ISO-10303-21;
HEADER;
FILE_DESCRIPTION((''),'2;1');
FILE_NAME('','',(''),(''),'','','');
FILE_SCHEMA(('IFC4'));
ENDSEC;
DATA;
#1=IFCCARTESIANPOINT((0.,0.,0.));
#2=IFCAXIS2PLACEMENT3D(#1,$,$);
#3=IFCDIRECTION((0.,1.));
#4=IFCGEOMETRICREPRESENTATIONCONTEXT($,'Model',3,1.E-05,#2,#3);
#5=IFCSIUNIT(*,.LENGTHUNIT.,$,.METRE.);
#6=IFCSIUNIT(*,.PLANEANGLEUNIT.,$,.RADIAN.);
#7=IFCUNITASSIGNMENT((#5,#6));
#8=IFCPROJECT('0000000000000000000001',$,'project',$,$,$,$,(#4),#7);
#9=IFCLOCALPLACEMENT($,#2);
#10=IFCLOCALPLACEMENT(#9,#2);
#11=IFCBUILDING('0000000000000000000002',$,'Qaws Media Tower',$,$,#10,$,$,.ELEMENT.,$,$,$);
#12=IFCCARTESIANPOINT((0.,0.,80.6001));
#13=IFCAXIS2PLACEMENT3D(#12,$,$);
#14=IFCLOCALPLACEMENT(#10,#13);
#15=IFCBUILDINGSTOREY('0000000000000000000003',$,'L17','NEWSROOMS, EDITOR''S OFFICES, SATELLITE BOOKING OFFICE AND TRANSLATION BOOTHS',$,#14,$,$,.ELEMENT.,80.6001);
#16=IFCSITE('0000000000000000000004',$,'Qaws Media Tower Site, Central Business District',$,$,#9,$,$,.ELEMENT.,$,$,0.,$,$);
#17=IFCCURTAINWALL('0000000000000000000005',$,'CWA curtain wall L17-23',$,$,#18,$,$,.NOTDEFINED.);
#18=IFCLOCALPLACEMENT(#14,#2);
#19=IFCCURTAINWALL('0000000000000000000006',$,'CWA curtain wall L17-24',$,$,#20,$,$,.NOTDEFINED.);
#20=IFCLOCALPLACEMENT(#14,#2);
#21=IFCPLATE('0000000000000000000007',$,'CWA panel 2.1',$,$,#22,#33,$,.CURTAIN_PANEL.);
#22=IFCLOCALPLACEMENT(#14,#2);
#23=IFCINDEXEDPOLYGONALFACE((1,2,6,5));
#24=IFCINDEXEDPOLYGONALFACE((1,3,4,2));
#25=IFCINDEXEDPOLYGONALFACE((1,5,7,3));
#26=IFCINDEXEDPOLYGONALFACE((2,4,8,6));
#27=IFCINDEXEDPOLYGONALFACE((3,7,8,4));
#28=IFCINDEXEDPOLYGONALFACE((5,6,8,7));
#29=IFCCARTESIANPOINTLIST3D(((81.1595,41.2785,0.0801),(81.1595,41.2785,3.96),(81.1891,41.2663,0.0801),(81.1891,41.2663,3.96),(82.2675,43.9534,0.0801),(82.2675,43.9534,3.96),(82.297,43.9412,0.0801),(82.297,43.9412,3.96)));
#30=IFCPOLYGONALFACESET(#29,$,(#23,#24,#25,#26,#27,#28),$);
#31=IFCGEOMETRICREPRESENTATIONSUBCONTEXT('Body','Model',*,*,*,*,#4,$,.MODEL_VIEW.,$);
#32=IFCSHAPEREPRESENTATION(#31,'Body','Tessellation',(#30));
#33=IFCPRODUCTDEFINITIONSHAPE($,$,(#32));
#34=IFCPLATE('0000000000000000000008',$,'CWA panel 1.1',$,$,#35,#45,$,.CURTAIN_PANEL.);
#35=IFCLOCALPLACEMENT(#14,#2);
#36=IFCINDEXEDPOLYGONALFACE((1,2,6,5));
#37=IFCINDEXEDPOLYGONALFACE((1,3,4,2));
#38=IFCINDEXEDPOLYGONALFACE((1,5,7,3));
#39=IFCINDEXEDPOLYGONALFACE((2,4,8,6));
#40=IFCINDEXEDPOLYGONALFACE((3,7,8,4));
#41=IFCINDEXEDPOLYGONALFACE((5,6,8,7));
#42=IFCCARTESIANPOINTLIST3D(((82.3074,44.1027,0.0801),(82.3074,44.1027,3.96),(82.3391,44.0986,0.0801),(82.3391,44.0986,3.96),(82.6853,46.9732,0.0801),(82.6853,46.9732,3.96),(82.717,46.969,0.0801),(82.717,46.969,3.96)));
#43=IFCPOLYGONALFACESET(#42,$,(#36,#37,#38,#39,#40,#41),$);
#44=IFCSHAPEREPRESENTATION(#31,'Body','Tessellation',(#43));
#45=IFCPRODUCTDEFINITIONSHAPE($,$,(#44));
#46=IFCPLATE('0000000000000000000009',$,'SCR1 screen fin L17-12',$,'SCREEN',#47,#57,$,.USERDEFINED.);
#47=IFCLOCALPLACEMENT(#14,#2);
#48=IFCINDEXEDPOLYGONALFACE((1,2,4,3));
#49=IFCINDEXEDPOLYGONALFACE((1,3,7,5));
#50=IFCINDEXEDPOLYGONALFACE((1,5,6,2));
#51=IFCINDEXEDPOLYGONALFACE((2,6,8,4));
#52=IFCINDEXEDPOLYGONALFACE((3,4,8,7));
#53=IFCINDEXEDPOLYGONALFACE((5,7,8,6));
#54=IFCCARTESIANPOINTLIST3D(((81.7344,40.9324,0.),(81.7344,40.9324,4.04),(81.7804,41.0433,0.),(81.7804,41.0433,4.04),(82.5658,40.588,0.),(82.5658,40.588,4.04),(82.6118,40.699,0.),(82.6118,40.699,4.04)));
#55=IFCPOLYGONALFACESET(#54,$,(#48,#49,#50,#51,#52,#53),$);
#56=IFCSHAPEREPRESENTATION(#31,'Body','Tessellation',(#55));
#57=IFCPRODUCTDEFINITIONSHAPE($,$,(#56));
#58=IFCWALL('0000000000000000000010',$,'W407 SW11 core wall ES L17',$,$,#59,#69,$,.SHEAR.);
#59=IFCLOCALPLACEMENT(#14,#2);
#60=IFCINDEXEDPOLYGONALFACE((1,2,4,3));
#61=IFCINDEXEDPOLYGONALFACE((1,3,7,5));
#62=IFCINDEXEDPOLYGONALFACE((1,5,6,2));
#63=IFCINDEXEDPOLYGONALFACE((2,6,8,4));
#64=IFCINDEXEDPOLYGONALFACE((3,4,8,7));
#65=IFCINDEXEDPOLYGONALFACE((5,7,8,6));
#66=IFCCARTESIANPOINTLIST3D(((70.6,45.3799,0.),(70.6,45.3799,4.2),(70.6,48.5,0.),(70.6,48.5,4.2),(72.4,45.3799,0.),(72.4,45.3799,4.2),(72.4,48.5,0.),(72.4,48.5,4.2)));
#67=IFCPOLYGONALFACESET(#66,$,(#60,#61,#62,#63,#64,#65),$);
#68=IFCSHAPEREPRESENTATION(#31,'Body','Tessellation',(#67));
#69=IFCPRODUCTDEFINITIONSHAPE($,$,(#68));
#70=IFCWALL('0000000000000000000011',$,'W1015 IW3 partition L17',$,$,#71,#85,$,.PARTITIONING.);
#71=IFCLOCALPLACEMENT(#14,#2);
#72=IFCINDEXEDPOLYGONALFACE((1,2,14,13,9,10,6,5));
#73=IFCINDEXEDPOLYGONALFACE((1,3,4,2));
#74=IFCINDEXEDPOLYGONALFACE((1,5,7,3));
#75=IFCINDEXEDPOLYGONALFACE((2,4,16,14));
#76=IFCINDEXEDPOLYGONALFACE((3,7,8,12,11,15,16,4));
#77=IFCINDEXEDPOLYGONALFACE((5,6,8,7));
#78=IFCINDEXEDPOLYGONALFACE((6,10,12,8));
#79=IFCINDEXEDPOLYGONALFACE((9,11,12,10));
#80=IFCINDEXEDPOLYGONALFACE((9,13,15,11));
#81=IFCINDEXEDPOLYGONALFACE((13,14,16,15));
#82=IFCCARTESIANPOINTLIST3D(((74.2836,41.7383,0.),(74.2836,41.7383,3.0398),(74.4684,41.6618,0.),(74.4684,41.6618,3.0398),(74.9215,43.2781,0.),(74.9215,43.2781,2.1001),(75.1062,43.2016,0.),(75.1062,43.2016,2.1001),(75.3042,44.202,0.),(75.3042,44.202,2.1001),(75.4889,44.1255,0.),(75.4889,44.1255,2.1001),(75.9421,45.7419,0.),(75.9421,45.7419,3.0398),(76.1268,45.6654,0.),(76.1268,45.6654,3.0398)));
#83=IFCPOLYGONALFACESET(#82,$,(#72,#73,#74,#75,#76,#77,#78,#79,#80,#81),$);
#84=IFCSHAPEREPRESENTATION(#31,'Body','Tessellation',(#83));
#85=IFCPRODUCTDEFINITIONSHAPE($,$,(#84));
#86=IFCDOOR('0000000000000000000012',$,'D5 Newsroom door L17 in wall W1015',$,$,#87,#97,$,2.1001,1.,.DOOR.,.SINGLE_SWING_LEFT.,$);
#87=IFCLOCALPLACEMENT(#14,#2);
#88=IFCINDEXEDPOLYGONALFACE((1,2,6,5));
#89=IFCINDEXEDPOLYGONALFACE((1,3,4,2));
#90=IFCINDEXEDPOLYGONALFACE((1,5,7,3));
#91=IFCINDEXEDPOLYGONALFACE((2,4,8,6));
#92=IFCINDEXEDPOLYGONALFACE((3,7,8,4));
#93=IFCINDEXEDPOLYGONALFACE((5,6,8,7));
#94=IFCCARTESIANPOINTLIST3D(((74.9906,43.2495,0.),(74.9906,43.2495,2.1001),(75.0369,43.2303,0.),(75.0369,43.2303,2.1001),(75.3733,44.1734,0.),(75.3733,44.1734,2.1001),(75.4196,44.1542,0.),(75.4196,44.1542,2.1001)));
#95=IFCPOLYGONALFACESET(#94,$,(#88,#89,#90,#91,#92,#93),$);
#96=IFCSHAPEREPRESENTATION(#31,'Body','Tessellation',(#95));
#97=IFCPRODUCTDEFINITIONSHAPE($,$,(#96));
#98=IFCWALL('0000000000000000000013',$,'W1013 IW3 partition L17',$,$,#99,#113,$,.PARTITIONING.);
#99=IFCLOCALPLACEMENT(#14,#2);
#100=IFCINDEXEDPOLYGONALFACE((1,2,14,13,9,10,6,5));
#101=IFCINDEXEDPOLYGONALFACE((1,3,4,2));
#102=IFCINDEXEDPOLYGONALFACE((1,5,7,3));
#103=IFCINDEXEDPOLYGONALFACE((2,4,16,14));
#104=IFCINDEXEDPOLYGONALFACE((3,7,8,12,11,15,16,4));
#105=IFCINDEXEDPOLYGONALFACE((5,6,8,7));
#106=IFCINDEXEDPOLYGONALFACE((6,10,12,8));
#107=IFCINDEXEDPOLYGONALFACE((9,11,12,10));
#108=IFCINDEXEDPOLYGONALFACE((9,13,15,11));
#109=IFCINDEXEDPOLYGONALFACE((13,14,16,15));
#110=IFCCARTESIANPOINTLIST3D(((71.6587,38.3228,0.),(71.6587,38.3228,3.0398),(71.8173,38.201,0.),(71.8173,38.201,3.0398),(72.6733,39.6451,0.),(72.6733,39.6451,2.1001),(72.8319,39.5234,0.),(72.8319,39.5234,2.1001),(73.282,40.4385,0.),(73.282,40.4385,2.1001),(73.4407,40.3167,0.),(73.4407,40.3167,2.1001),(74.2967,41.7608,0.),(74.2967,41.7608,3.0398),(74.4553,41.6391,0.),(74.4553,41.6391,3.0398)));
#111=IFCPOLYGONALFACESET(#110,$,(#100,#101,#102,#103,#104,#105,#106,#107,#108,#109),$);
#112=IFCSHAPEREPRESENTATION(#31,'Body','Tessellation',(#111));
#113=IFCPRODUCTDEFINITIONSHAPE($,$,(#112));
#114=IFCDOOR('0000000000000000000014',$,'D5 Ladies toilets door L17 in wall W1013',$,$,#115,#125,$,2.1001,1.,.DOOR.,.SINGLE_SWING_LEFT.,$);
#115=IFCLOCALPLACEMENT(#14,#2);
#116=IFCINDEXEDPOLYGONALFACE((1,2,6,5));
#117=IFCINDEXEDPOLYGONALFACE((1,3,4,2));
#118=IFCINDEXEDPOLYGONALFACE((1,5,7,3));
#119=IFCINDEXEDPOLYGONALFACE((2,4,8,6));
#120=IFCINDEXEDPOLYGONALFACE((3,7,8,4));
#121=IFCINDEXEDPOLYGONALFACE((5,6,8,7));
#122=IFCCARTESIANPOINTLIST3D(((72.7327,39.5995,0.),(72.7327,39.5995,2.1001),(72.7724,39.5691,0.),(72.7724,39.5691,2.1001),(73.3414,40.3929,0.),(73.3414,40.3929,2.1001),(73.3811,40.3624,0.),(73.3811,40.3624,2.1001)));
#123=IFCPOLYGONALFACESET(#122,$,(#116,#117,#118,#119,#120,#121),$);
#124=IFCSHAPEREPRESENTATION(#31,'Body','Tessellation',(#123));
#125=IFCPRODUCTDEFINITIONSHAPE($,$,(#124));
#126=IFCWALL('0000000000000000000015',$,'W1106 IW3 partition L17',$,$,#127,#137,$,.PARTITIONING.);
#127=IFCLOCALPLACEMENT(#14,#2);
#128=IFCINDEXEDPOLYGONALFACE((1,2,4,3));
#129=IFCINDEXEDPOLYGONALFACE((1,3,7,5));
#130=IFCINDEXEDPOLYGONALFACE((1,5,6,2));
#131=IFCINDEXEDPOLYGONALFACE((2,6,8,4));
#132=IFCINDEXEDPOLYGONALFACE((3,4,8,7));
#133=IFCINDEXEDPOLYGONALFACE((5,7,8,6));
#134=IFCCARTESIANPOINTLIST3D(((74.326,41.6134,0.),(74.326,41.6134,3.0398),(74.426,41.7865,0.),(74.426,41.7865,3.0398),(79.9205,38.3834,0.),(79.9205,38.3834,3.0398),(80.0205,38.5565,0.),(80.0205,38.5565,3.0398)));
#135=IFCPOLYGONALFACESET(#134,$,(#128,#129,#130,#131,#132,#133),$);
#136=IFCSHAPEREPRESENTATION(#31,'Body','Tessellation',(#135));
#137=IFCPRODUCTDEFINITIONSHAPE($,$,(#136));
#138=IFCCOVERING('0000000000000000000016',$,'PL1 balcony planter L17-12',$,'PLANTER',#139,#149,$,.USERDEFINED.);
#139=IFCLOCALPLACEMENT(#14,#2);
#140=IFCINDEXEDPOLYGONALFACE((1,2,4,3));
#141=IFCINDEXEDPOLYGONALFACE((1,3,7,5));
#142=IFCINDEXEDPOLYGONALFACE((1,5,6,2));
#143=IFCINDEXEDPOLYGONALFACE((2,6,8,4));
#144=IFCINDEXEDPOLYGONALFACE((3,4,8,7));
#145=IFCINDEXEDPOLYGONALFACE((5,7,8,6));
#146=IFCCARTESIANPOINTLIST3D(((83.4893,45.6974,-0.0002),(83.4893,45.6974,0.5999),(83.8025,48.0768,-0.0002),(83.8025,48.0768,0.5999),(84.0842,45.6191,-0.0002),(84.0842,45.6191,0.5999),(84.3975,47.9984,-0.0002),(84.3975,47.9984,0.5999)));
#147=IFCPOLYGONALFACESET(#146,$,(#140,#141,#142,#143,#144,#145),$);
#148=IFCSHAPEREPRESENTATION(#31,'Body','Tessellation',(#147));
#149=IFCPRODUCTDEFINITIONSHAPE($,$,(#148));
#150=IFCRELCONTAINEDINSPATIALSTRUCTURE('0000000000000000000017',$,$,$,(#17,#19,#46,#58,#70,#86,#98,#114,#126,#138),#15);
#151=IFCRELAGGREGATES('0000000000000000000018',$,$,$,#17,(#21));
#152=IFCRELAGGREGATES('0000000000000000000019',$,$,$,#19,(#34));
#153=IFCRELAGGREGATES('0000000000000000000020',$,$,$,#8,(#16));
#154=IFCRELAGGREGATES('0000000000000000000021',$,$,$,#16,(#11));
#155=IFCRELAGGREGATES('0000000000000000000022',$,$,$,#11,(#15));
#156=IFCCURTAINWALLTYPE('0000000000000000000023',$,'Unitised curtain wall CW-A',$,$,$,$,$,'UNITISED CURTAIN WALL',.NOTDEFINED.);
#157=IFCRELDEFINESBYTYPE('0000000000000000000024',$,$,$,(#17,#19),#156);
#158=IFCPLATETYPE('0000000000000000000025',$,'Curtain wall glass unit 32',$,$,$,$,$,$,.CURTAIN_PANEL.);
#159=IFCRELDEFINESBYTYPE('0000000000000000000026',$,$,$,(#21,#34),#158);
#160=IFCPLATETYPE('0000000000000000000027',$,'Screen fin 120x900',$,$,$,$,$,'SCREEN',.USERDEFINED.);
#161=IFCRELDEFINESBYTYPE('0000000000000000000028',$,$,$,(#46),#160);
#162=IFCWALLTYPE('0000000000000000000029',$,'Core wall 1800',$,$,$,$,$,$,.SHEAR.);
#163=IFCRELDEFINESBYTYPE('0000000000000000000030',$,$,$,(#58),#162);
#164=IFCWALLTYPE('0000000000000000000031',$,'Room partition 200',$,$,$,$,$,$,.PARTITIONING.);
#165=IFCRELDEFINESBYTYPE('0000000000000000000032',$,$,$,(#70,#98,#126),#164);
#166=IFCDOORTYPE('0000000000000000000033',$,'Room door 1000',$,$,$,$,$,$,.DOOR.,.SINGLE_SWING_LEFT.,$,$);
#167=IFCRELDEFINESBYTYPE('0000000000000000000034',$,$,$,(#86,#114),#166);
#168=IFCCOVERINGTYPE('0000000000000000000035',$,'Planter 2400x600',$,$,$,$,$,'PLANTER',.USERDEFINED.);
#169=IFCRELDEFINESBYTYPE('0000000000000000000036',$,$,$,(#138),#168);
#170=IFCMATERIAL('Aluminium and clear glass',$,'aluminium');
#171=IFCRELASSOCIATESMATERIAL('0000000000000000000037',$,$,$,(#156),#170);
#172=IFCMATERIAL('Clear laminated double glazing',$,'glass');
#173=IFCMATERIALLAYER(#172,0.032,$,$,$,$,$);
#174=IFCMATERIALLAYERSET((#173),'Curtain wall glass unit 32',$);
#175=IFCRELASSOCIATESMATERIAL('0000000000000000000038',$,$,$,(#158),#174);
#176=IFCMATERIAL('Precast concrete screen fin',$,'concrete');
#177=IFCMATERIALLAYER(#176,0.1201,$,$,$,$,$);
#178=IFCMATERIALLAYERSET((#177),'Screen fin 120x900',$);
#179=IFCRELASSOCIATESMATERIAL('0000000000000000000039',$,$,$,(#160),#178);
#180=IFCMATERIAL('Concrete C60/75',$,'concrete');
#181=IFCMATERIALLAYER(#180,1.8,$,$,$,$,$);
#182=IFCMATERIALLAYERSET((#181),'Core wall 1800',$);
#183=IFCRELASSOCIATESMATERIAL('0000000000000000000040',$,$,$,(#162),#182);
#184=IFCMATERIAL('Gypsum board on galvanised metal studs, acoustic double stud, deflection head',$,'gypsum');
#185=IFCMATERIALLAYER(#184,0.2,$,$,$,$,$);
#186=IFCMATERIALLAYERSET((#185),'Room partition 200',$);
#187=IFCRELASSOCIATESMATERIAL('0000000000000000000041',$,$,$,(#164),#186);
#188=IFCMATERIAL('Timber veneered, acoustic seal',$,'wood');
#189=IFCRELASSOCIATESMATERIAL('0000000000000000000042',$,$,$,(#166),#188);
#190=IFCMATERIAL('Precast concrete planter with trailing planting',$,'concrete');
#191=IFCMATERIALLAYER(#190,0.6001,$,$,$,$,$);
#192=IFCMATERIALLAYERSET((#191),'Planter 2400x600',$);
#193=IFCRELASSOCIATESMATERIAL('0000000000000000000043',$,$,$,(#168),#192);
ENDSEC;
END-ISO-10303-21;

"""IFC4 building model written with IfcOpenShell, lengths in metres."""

from ifc_helpers import new_model, si_unit, direction, frame, frame_2d, origin, origin_2d, place, context, subcontext, project, spatial, rectangle, extrude, material, layer, layer_set, type_object, element, fill, aggregate, save


model = new_model("IFC4")

# Units and contexts
model_context = context("Model", 3, precision=1e-05, world=origin(), true_north=direction((0.0, 1.0)))
body_context = subcontext(model_context, "Body", "Model", "MODEL_VIEW")
ifc_project = project(units=[si_unit("LENGTHUNIT", "METRE"), si_unit("PLANEANGLEUNIT", "RADIAN")], contexts=[model_context])

# Site, building, storey
site_placement = place(None, origin())
site = spatial("IfcSite", under=ifc_project, at=site_placement, Name="Qaws Media Tower Site, Central Business District", CompositionType="ELEMENT", RefElevation=0.0)
building_placement = place(site_placement, origin())
building = spatial("IfcBuilding", under=site, at=building_placement, Name="Qaws Media Tower", CompositionType="ELEMENT")
storey_placement = place(building_placement, frame((0.0, 0.0, 80.6001)))
storey = spatial("IfcBuildingStorey", under=building, at=storey_placement, Name="L17", Description="NEWSROOMS, EDITOR'S OFFICES, SATELLITE BOOKING OFFICE AND TRANSLATION BOOTHS", CompositionType="ELEMENT", Elevation=80.6001)

# Shared definitions
ifc_material_1 = material(Name="Aluminium and clear glass", Category="aluminium")
curtain_wall_type = type_object("IfcCurtainWallType", Name="Unitised curtain wall CW-A", ElementType="UNITISED CURTAIN WALL", PredefinedType="NOTDEFINED", material=ifc_material_1)

# Curtain walls
curtain_wall_1_placement = place(storey_placement, origin())
curtain_wall_1 = element("IfcCurtainWall", 1, at=curtain_wall_1_placement, inside=storey, type_object=curtain_wall_type, Name="CWA curtain wall L17-23", PredefinedType="NOTDEFINED")
curtain_wall_2_placement = place(storey_placement, origin())
curtain_wall_2 = element("IfcCurtainWall", 2, at=curtain_wall_2_placement, inside=storey, type_object=curtain_wall_type, Name="CWA curtain wall L17-24", PredefinedType="NOTDEFINED")

# Plates
ifc_material_2 = material(Name="Clear laminated double glazing", Category="glass")
ifc_layer_1 = layer(ifc_material_2, 0.032)
ifc_layer_set_1 = layer_set([ifc_layer_1], Name="Curtain wall glass unit 32")
plate_type_1 = type_object("IfcPlateType", Name="Curtain wall glass unit 32", PredefinedType="CURTAIN_PANEL", material=ifc_layer_set_1)
plate_1_placement = place(storey_placement, frame((81.7283, 42.6099, 0.0801), z_axis=(0.0, 0.0, 1.0), x_axis=(0.382683, 0.92388, 0.0)))
plate_1 = element("IfcPlate", 3, at=plate_1_placement, type_object=plate_type_1, Name="CWA panel 2.1", PredefinedType="CURTAIN_PANEL", context=body_context, shape_type="SweptSolid", body=[
    extrude(rectangle(XDim=2.8953, YDim=0.032, at=origin_2d()), origin(), (0.0, 0.0, 1.0), 3.8799),
])
aggregate(curtain_wall_1, [plate_1])
plate_2_placement = place(storey_placement, frame((82.5122, 45.5359, 0.0801), z_axis=(0.0, 0.0, 1.0), x_axis=(0.130526, 0.991445, 0.0)))
plate_2 = element("IfcPlate", 4, at=plate_2_placement, type_object=plate_type_1, Name="CWA panel 1.1", PredefinedType="CURTAIN_PANEL", context=body_context, shape_type="SweptSolid", body=[
    extrude(rectangle(XDim=2.8953, YDim=0.032, at=origin_2d()), origin(), (0.0, 0.0, 1.0), 3.8799),
])
aggregate(curtain_wall_2, [plate_2])
ifc_material_3 = material(Name="Precast concrete screen fin", Category="concrete")
ifc_layer_2 = layer(ifc_material_3, 0.1201)
ifc_layer_set_2 = layer_set([ifc_layer_2], Name="Screen fin 120x900")
plate_type_2 = type_object("IfcPlateType", Name="Screen fin 120x900", ElementType="SCREEN", PredefinedType="USERDEFINED", material=ifc_layer_set_2)
plate_3_placement = place(storey_placement, frame((82.1731, 40.8157, 0.0), z_axis=(0.0, 0.0, 1.0), x_axis=(0.92388, -0.382683, 0.0)))
element("IfcPlate", 5, at=plate_3_placement, inside=storey, type_object=plate_type_2, Name="SCR1 screen fin L17-12", ObjectType="SCREEN", PredefinedType="USERDEFINED", context=body_context, shape_type="SweptSolid", body=[
    extrude(rectangle(XDim=0.8999, YDim=0.1201, at=origin_2d()), origin(), (0.0, 0.0, 1.0), 4.04),
])

# Wall
ifc_material_4 = material(Name="Concrete C60/75", Category="concrete")
ifc_layer_3 = layer(ifc_material_4, 1.8)
ifc_layer_set_3 = layer_set([ifc_layer_3], Name="Core wall 1800")
wall_type_1 = type_object("IfcWallType", Name="Core wall 1800", PredefinedType="SHEAR", material=ifc_layer_set_3)
wall_1_placement = place(storey_placement, frame((71.5, 45.3799, 0.0), z_axis=(0.0, 0.0, 1.0), x_axis=(0.0, 1.0, 0.0)))
element("IfcWall", 6, at=wall_1_placement, inside=storey, type_object=wall_type_1, Name="W407 SW11 core wall ES L17", PredefinedType="SHEAR", context=body_context, shape_type="SweptSolid", body=[
    extrude(rectangle(XDim=3.1201, YDim=1.8, at=frame_2d((1.5601, 0.0))), origin(), (0.0, 0.0, 1.0), 4.2),
])

# Walls, openings, doors
ifc_material_5 = material(Name="Gypsum board on galvanised metal studs, acoustic double stud, deflection head", Category="gypsum")
ifc_layer_4 = layer(ifc_material_5, 0.2)
ifc_layer_set_4 = layer_set([ifc_layer_4], Name="Room partition 200")
wall_type_2 = type_object("IfcWallType", Name="Room partition 200", PredefinedType="PARTITIONING", material=ifc_layer_set_4)
wall_2_placement = place(storey_placement, frame((76.0344, 45.7036, 0.0), z_axis=(0.0, 0.0, 1.0), x_axis=(-0.382698, -0.923873, 0.0)))
wall_2 = element("IfcWall", 7, at=wall_2_placement, inside=storey, type_object=wall_type_2, Name="W1015 IW3 partition L17", PredefinedType="PARTITIONING", context=body_context, shape_type="SweptSolid", body=[
    extrude(rectangle(XDim=4.3335, YDim=0.2, at=frame_2d((2.1667, 0.0))), origin(), (0.0, 0.0, 1.0), 3.0398),
])
opening_1_placement = place(wall_2_placement, frame((1.6667, 0.0, 0.0)))
opening_1 = element("IfcOpeningElement", 8, at=opening_1_placement, cuts=wall_2, PredefinedType="OPENING", context=body_context, shape_type="SweptSolid", body=[
    extrude(rectangle(XDim=1.0, YDim=2.1001, at=frame_2d((0.5, 1.05))), frame((0.0, 0.1099, 0.0), z_axis=(0.0, -1.0, 0.0), x_axis=(1.0, 0.0, 0.0)), (0.0, 0.0, 1.0), 0.22),
])
ifc_material_6 = material(Name="Timber veneered, acoustic seal", Category="wood")
door_type = type_object("IfcDoorType", Name="Room door 1000", OperationType="SINGLE_SWING_LEFT", PredefinedType="DOOR", material=ifc_material_6)
door_1_placement = place(opening_1_placement, origin())
door_1 = element("IfcDoor", 9, at=door_1_placement, inside=storey, type_object=door_type, Name="D5 Newsroom door L17 in wall W1015", OperationType="SINGLE_SWING_LEFT", OverallHeight=2.1001, OverallWidth=1.0, PredefinedType="DOOR", context=body_context, shape_type="SweptSolid", body=[
    extrude(rectangle(XDim=1.0, YDim=2.1001, at=frame_2d((0.5, 1.05))), frame((0.0, 0.0249, 0.0), z_axis=(0.0, -1.0, 0.0), x_axis=(1.0, 0.0, 0.0)), (0.0, 0.0, 1.0), 0.05),
])
fill(opening_1, door_1)
wall_3_placement = place(storey_placement, frame((74.376, 41.7, 0.0), z_axis=(0.0, 0.0, 1.0), x_axis=(-0.608744, -0.793367, 0.0)))
wall_3 = element("IfcWall", 10, at=wall_3_placement, inside=storey, type_object=wall_type_2, Name="W1013 IW3 partition L17", PredefinedType="PARTITIONING", context=body_context, shape_type="SweptSolid", body=[
    extrude(rectangle(XDim=4.3335, YDim=0.2, at=frame_2d((2.1667, 0.0))), origin(), (0.0, 0.0, 1.0), 3.0398),
])
opening_2_placement = place(wall_3_placement, frame((1.6667, 0.0, 0.0)))
opening_2 = element("IfcOpeningElement", 11, at=opening_2_placement, cuts=wall_3, PredefinedType="OPENING", context=body_context, shape_type="SweptSolid", body=[
    extrude(rectangle(XDim=1.0, YDim=2.1001, at=frame_2d((0.5, 1.05))), frame((0.0, 0.1099, 0.0), z_axis=(0.0, -1.0, 0.0), x_axis=(1.0, 0.0, 0.0)), (0.0, 0.0, 1.0), 0.22),
])
door_2_placement = place(opening_2_placement, origin())
door_2 = element("IfcDoor", 12, at=door_2_placement, inside=storey, type_object=door_type, Name="D5 Ladies toilets door L17 in wall W1013", OperationType="SINGLE_SWING_LEFT", OverallHeight=2.1001, OverallWidth=1.0, PredefinedType="DOOR", context=body_context, shape_type="SweptSolid", body=[
    extrude(rectangle(XDim=1.0, YDim=2.1001, at=frame_2d((0.5, 1.05))), frame((0.0, 0.0249, 0.0), z_axis=(0.0, -1.0, 0.0), x_axis=(1.0, 0.0, 0.0)), (0.0, 0.0, 1.0), 0.05),
])
fill(opening_2, door_2)

# Wall
wall_4_placement = place(storey_placement, frame((74.376, 41.7, 0.0), z_axis=(0.0, 0.0, 1.0), x_axis=(0.866025, -0.500001, 0.0)))
element("IfcWall", 13, at=wall_4_placement, inside=storey, type_object=wall_type_2, Name="W1106 IW3 partition L17", PredefinedType="PARTITIONING", context=body_context, shape_type="SweptSolid", body=[
    extrude(rectangle(XDim=6.46, YDim=0.2, at=frame_2d((3.23, 0.0))), origin(), (0.0, 0.0, 1.0), 3.0398),
])

# Covering
ifc_material_7 = material(Name="Precast concrete planter with trailing planting", Category="concrete")
ifc_layer_5 = layer(ifc_material_7, 0.6001)
ifc_layer_set_5 = layer_set([ifc_layer_5], Name="Planter 2400x600")
covering_type = type_object("IfcCoveringType", Name="Planter 2400x600", ElementType="PLANTER", PredefinedType="USERDEFINED", material=ifc_layer_set_5)
covering_placement = place(storey_placement, frame((83.9434, 46.8479, -0.0002), z_axis=(0.0, 0.0, 1.0), x_axis=(0.130526, 0.991445, 0.0)))
element("IfcCovering", 14, at=covering_placement, inside=storey, type_object=covering_type, Name="PL1 balcony planter L17-12", ObjectType="PLANTER", PredefinedType="USERDEFINED", context=body_context, shape_type="SweptSolid", body=[
    extrude(rectangle(XDim=2.3999, YDim=0.6001, at=origin_2d()), origin(), (0.0, 0.0, 1.0), 0.6001),
])

save(model, "model.ifc")
